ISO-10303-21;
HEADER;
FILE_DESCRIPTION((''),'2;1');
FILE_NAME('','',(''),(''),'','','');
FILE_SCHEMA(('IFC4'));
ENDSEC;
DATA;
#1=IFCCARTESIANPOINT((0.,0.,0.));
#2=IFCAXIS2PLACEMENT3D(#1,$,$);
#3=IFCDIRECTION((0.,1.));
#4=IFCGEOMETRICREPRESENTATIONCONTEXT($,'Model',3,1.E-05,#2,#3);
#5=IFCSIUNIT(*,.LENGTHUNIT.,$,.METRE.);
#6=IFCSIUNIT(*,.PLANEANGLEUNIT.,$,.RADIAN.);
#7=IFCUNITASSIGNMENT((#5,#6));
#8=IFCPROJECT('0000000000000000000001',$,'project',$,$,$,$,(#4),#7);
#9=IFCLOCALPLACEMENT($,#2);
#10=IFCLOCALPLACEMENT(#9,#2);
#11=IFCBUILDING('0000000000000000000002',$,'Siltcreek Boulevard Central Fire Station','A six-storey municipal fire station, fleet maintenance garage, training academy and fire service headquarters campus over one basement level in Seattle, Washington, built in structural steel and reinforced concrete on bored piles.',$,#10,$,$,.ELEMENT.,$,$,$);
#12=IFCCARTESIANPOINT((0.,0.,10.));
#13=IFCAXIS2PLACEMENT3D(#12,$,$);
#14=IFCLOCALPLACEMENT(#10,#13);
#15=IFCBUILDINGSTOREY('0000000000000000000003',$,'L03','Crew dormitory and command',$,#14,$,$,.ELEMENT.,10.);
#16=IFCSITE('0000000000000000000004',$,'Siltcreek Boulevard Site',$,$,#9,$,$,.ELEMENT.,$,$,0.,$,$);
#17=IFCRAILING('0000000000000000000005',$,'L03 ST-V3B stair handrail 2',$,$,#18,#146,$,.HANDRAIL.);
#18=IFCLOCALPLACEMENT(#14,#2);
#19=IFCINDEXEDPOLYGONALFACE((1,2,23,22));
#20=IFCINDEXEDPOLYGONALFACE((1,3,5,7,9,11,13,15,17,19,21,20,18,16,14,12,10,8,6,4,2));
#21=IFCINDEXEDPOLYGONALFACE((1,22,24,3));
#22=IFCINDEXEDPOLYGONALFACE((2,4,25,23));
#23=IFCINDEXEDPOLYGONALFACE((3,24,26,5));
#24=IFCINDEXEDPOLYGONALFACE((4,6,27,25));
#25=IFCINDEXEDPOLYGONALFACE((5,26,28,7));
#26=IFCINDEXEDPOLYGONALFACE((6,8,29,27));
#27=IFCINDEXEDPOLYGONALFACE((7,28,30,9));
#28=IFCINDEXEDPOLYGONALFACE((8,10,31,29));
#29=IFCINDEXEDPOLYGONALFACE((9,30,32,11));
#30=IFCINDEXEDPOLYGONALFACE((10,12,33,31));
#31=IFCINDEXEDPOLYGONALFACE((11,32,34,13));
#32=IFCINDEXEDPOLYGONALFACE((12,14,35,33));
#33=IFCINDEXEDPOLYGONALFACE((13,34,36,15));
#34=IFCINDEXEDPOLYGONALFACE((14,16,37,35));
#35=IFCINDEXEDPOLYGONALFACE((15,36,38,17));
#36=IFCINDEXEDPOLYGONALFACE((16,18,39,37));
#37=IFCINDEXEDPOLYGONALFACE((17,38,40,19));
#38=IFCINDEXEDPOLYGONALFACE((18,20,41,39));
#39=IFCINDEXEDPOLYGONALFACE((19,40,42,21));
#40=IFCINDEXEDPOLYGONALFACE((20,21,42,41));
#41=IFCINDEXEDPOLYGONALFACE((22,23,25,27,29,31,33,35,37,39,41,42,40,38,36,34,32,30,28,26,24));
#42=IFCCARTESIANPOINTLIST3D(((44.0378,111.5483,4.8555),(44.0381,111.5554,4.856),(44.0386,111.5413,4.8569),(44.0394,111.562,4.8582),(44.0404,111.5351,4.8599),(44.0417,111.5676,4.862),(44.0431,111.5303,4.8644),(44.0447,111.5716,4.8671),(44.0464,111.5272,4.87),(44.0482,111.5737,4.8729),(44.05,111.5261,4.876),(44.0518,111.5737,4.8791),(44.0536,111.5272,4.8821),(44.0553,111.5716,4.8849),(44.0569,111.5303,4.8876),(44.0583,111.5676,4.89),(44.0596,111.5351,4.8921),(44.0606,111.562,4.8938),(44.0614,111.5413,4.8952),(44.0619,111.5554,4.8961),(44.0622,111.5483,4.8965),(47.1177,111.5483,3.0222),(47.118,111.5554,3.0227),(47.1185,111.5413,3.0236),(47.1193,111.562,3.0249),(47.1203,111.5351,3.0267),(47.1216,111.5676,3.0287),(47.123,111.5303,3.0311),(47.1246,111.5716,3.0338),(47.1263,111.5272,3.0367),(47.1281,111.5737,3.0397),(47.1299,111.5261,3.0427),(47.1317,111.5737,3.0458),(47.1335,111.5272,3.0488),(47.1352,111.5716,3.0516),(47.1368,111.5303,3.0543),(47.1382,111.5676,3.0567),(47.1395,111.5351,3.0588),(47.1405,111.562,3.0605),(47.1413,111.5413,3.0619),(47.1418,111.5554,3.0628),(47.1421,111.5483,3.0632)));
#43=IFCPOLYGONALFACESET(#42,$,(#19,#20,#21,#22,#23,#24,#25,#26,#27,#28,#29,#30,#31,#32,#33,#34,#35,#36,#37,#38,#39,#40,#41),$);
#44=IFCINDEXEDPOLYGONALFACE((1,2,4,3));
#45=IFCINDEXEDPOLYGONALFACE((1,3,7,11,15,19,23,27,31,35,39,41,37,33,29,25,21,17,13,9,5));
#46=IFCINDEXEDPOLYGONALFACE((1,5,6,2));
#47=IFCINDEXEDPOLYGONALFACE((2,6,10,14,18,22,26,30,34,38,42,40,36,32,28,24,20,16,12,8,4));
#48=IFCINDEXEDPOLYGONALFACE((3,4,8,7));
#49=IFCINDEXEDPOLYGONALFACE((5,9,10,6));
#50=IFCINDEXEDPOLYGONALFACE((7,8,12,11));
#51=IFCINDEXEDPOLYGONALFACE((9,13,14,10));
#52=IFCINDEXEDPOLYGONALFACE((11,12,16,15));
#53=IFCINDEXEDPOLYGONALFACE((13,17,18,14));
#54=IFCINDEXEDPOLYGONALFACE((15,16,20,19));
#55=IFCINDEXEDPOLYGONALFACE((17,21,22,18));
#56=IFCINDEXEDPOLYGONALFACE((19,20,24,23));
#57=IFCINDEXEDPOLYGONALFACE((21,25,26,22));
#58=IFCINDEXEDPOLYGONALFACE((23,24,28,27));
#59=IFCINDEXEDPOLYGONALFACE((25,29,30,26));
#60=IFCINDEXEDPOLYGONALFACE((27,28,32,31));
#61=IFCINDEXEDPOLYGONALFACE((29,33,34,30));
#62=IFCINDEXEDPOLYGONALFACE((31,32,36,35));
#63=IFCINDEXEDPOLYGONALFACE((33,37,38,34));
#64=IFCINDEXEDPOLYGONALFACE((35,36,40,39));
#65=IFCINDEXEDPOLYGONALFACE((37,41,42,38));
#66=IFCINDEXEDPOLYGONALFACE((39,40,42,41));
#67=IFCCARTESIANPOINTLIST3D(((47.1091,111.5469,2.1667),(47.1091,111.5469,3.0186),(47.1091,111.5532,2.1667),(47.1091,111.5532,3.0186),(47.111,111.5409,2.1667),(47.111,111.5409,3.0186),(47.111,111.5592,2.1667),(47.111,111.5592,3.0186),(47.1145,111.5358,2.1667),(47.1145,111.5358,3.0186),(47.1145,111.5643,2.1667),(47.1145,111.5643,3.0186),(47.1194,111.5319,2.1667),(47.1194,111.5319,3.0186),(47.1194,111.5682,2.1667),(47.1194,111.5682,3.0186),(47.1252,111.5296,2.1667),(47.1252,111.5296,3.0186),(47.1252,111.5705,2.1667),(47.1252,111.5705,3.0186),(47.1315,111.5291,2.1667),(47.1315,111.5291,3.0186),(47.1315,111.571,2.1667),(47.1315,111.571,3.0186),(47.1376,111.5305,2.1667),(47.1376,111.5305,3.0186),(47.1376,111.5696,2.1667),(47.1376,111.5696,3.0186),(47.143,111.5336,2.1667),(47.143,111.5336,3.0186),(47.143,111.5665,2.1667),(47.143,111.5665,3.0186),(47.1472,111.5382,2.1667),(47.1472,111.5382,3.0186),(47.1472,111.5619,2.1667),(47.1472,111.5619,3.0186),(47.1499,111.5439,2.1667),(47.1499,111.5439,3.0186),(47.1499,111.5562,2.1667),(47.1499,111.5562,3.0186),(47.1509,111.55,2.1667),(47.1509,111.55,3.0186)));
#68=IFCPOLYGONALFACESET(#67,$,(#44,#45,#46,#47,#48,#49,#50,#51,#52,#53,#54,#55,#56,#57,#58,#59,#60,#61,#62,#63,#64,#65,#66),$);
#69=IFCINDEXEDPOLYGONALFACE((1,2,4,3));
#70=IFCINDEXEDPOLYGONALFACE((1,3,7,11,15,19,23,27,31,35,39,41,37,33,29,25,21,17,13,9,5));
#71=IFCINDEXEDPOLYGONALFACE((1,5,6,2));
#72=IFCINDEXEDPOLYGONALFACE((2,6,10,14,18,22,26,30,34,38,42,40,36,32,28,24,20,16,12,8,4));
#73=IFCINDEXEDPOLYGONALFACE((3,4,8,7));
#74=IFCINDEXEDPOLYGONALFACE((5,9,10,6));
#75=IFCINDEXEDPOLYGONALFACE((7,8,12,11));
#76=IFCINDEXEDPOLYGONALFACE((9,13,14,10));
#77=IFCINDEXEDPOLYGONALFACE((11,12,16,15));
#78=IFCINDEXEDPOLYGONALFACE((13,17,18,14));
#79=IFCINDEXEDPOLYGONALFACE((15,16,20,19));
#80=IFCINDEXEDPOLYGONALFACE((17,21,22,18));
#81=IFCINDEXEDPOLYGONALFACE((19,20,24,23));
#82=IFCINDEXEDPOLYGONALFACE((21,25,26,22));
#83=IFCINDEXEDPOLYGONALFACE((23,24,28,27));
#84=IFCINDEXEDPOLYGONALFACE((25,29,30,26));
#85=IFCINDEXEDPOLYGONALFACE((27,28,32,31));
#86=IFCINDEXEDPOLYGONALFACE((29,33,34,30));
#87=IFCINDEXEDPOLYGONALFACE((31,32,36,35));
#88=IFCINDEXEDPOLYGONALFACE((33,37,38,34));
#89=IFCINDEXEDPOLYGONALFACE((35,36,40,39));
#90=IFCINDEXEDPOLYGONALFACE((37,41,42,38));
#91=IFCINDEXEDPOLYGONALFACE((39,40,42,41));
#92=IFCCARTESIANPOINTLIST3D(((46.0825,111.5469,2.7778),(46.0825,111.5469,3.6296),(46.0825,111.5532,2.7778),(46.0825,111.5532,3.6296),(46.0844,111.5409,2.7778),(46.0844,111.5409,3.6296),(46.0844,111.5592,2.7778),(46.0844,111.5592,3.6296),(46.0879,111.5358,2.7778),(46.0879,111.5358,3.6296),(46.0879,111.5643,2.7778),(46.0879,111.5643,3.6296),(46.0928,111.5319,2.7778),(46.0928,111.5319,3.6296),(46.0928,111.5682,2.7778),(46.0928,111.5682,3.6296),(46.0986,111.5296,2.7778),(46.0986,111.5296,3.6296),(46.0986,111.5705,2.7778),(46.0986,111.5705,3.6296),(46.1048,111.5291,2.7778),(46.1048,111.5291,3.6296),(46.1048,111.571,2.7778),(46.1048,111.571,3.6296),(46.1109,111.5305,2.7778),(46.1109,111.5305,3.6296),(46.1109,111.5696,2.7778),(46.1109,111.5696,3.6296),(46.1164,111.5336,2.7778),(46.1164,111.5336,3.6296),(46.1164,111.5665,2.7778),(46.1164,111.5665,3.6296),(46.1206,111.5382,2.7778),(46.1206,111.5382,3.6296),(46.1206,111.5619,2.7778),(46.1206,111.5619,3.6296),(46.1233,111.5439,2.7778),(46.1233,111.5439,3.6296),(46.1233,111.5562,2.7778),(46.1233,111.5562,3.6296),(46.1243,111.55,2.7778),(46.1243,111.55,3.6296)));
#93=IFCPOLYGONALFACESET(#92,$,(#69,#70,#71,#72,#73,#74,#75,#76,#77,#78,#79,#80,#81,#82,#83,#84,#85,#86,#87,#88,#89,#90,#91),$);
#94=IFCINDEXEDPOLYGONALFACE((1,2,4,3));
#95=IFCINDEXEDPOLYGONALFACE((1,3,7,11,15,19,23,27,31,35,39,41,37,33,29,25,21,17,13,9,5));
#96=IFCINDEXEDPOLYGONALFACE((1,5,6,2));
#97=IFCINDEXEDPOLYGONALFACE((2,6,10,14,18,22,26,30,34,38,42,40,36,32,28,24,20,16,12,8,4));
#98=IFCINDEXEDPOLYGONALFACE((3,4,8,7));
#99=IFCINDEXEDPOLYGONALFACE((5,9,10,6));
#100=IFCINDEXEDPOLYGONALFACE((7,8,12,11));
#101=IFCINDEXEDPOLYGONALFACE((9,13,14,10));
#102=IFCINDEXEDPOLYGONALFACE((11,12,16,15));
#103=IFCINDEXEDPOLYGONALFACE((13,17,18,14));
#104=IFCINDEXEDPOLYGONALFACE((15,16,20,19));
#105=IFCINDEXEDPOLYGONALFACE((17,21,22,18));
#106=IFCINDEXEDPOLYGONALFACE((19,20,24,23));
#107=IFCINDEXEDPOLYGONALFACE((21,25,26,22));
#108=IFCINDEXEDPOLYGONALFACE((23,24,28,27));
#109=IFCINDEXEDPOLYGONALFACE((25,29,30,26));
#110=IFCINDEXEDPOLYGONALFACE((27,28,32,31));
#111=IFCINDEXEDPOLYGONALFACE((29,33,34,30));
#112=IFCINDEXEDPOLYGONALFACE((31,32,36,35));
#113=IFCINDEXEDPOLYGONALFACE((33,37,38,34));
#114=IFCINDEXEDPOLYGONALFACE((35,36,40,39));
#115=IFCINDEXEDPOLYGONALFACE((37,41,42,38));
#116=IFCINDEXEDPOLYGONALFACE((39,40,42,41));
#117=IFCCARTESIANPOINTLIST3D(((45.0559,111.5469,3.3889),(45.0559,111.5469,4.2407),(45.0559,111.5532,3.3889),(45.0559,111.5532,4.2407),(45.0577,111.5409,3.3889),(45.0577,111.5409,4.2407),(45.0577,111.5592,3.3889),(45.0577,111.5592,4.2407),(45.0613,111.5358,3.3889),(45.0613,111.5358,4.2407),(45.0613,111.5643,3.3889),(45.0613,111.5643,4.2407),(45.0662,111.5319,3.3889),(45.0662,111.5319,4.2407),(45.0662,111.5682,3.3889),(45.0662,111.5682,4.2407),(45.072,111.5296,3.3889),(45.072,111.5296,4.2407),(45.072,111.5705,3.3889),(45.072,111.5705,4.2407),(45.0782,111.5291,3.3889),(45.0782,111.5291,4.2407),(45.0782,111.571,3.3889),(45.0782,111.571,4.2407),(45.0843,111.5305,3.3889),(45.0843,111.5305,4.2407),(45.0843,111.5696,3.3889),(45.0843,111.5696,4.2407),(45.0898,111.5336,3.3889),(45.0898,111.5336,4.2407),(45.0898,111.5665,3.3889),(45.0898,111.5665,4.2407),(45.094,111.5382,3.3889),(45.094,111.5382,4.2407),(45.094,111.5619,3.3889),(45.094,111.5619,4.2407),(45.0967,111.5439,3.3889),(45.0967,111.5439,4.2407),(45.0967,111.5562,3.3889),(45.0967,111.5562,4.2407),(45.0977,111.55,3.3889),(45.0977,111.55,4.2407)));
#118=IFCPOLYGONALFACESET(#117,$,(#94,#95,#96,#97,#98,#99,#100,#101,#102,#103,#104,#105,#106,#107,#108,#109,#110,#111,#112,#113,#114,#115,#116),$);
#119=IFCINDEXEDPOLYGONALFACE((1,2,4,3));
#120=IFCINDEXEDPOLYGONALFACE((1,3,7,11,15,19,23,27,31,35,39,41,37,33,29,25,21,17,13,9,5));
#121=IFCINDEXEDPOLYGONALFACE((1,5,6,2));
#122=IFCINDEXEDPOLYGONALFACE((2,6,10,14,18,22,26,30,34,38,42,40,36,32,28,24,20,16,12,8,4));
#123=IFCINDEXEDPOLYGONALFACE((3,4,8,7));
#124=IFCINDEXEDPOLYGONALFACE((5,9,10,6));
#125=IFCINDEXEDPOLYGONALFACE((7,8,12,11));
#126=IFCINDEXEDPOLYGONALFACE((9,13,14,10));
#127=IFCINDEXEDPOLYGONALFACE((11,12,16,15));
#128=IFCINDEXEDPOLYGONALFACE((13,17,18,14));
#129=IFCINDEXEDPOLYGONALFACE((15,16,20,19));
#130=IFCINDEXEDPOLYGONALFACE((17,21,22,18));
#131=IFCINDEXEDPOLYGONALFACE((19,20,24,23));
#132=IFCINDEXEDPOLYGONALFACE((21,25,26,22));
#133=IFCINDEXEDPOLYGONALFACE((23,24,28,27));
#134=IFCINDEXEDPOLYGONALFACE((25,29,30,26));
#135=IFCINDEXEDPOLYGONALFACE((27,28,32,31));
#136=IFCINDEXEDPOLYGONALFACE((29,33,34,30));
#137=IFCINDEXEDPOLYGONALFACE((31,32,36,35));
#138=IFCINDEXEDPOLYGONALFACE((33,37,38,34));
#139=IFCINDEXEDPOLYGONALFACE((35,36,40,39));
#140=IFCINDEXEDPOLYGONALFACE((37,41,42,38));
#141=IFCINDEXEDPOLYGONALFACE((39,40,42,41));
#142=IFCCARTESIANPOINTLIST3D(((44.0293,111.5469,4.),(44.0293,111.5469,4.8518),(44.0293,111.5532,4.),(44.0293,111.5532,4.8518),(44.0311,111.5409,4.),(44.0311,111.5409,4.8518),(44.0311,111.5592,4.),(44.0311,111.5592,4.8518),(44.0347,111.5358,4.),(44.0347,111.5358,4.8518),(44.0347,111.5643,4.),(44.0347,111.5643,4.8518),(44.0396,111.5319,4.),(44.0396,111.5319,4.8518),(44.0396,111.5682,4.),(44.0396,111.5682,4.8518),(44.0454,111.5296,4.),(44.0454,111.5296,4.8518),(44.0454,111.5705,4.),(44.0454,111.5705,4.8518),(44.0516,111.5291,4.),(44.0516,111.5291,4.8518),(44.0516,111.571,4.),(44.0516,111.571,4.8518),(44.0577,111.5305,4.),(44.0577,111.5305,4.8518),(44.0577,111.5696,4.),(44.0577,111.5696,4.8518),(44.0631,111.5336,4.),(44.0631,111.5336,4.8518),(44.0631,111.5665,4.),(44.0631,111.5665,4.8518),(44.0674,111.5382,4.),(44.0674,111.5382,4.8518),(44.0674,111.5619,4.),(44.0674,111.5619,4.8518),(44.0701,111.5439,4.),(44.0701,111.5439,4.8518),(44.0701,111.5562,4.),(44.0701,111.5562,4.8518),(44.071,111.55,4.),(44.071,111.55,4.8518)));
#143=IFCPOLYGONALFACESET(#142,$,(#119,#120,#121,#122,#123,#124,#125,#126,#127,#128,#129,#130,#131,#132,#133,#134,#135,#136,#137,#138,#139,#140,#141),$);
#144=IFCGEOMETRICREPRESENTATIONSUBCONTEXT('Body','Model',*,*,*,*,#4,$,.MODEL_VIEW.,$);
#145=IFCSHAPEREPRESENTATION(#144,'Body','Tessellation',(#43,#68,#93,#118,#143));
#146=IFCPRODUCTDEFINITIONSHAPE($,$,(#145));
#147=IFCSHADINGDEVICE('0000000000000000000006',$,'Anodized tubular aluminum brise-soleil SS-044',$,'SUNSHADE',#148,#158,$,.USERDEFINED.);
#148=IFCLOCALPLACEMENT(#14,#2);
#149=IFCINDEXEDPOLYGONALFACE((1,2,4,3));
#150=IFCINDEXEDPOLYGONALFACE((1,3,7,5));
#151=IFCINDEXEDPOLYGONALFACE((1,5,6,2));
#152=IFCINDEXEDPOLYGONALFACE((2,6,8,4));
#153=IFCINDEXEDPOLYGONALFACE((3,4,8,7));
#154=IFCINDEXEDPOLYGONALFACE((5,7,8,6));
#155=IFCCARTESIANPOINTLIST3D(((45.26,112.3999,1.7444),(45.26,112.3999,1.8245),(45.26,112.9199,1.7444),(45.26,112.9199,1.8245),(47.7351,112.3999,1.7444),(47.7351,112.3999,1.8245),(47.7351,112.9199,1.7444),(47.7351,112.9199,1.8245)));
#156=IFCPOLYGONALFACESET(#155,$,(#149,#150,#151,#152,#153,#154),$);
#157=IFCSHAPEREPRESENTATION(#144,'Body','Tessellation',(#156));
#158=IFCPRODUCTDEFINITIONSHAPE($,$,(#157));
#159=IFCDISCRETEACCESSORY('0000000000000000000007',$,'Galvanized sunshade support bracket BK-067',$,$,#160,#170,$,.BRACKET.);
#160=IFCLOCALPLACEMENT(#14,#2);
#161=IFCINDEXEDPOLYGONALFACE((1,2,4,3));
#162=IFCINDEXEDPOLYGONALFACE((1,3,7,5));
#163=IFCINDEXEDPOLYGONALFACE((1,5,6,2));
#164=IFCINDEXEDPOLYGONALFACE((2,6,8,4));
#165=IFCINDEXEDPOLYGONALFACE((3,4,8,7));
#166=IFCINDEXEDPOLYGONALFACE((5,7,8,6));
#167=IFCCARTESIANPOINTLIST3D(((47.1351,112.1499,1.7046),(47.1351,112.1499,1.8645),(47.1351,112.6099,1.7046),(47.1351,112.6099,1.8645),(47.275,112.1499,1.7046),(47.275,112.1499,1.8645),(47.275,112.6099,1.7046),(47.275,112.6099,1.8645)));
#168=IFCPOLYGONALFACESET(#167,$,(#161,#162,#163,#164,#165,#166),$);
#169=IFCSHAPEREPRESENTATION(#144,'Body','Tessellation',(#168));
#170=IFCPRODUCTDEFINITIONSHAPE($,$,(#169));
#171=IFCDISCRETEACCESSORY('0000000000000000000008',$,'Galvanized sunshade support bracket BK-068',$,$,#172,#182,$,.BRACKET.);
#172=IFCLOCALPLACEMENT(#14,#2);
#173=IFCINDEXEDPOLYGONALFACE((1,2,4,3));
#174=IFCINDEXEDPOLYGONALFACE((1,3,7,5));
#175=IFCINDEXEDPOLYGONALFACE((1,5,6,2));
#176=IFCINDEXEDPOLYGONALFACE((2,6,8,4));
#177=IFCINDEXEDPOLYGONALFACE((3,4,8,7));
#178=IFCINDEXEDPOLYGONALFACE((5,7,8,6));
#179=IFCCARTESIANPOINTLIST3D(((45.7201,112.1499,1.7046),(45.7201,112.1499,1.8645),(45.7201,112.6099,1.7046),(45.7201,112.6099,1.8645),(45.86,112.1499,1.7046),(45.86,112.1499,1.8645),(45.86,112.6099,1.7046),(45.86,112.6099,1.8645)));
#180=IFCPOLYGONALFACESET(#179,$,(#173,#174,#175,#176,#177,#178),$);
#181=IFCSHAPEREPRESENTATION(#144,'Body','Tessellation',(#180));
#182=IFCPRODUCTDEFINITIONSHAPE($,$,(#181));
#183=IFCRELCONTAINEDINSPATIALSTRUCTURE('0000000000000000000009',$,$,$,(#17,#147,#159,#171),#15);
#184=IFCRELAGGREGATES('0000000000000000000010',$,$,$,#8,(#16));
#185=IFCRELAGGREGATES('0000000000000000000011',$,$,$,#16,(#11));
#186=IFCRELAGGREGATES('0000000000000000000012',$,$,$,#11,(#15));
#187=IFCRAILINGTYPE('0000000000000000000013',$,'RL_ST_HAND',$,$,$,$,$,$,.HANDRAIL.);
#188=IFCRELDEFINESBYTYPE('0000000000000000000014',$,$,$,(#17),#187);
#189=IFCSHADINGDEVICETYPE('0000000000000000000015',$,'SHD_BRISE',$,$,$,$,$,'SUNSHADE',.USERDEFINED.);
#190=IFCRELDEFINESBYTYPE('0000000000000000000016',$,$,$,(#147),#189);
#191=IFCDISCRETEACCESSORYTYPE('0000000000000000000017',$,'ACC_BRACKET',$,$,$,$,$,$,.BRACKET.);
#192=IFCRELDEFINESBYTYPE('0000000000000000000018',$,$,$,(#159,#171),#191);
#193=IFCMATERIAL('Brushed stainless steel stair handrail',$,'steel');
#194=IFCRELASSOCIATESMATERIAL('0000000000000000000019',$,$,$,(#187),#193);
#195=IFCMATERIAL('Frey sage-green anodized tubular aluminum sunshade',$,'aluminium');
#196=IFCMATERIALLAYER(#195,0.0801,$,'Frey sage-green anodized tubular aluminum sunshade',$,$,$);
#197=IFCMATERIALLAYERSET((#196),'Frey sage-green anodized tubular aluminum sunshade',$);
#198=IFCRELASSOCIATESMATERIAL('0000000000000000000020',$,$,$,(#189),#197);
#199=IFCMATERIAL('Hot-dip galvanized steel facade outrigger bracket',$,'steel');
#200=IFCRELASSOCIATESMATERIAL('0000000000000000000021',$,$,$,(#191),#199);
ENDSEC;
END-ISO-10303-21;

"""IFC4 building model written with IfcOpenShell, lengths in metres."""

from ifc_helpers import new_model, si_unit, direction, frame, origin, origin_2d, place, context, subcontext, project, spatial, rectangle, circle, extrude, material, layer, layer_set, type_object, element, save


model = new_model("IFC4")

# Units and contexts
model_context = context("Model", 3, precision=1e-05, world=origin(), true_north=direction((0.0, 1.0)))
body_context = subcontext(model_context, "Body", "Model", "MODEL_VIEW")
ifc_project = project(units=[si_unit("LENGTHUNIT", "METRE"), si_unit("PLANEANGLEUNIT", "RADIAN")], contexts=[model_context])

# Site, building, storey
site_placement = place(None, origin())
site = spatial("IfcSite", under=ifc_project, at=site_placement, Name="Siltcreek Boulevard Site", CompositionType="ELEMENT", RefElevation=0.0)
building_placement = place(site_placement, origin())
building = spatial("IfcBuilding", under=site, at=building_placement, Name="Siltcreek Boulevard Central Fire Station", Description="A six-storey municipal fire station, fleet maintenance garage, training academy and fire service headquarters campus over one basement level in Seattle, Washington, built in structural steel and reinforced concrete on bored piles.", CompositionType="ELEMENT")
storey_placement = place(building_placement, frame((0.0, 0.0, 10.0)))
storey = spatial("IfcBuildingStorey", under=building, at=storey_placement, Name="L03", Description="Crew dormitory and command", CompositionType="ELEMENT", Elevation=10.0)

# Railing
ifc_material_1 = material(Name="Brushed stainless steel stair handrail", Category="steel")
railing_type_1 = type_object("IfcRailingType", Name="RL_ST_HAND", PredefinedType="HANDRAIL", material=ifc_material_1)
railing_1_placement = place(storey_placement, frame((47.1299, 111.55, 2.1667)))
element("IfcRailing", 1, at=railing_1_placement, inside=storey, type_object=railing_type_1, Name="L03 ST-V3B stair handrail 2", PredefinedType="HANDRAIL", context=body_context, shape_type="SweptSolid", body=[
    extrude(circle(Radius=0.0239, at=origin_2d()), frame((0.0, 0.0, 0.876), z_axis=(-0.859291, 0.0, 0.511487), x_axis=(0.0, -1.0, 0.0)), (0.0, 0.0, 1.0), 3.5842),
    extrude(circle(Radius=0.021, at=origin_2d()), origin(), (0.0, 0.0, 1.0), 0.8518),
    extrude(circle(Radius=0.021, at=origin_2d()), frame((-1.0266, 0.0, 0.6111)), (0.0, 0.0, 1.0), 0.8518),
    extrude(circle(Radius=0.021, at=origin_2d()), frame((-2.0532, 0.0, 1.2222)), (0.0, 0.0, 1.0), 0.8518),
    extrude(circle(Radius=0.021, at=origin_2d()), frame((-3.0798, 0.0, 1.8333)), (0.0, 0.0, 1.0), 0.8518),
])

# Shading device
ifc_material_2 = material(Name="Frey sage-green anodized tubular aluminum sunshade", Category="aluminium")
ifc_layer_1 = layer(ifc_material_2, 0.0801, Name="Frey sage-green anodized tubular aluminum sunshade")
ifc_layer_set_1 = layer_set([ifc_layer_1], Name="Frey sage-green anodized tubular aluminum sunshade")
shading_device_type = type_object("IfcShadingDeviceType", Name="SHD_BRISE", ElementType="SUNSHADE", PredefinedType="USERDEFINED", material=ifc_layer_set_1)
shading_device_placement = place(storey_placement, frame((46.4976, 112.6599, 1.7444), z_axis=(0.0, 0.0, 1.0), x_axis=(-1.0, 0.0, 0.0)))
element("IfcShadingDevice", 2, at=shading_device_placement, inside=storey, type_object=shading_device_type, Name="Anodized tubular aluminum brise-soleil SS-044", ObjectType="SUNSHADE", PredefinedType="USERDEFINED", context=body_context, shape_type="SweptSolid", body=[
    extrude(rectangle(XDim=2.4751, YDim=0.52, at=origin_2d()), origin(), (0.0, 0.0, 1.0), 0.0801),
])

# Discrete accessories
ifc_material_3 = material(Name="Hot-dip galvanized steel facade outrigger bracket", Category="steel")
discrete_accessory_type = type_object("IfcDiscreteAccessoryType", Name="ACC_BRACKET", PredefinedType="BRACKET", material=ifc_material_3)
for number, where, z_axis, x_axis, name in (
    (3, (47.2051, 112.3799, 1.7046), (0.0, 0.0, 1.0), (-1.0, 0.0, 0.0), "Galvanized sunshade support bracket BK-067"),
    (4, (45.79, 112.3799, 1.7046), (0.0, 0.0, 1.0), (-1.0, 0.0, 0.0), "Galvanized sunshade support bracket BK-068"),
):
    element("IfcDiscreteAccessory", number, at=place(storey_placement, frame(where, z_axis=z_axis, x_axis=x_axis)), inside=storey, type_object=discrete_accessory_type, Name=name, PredefinedType="BRACKET", context=body_context, shape_type="SweptSolid", body=[
        extrude(rectangle(XDim=0.1399, YDim=0.46, at=origin_2d()), origin(), (0.0, 0.0, 1.0), 0.1599),
    ])

save(model, "model.ifc")
